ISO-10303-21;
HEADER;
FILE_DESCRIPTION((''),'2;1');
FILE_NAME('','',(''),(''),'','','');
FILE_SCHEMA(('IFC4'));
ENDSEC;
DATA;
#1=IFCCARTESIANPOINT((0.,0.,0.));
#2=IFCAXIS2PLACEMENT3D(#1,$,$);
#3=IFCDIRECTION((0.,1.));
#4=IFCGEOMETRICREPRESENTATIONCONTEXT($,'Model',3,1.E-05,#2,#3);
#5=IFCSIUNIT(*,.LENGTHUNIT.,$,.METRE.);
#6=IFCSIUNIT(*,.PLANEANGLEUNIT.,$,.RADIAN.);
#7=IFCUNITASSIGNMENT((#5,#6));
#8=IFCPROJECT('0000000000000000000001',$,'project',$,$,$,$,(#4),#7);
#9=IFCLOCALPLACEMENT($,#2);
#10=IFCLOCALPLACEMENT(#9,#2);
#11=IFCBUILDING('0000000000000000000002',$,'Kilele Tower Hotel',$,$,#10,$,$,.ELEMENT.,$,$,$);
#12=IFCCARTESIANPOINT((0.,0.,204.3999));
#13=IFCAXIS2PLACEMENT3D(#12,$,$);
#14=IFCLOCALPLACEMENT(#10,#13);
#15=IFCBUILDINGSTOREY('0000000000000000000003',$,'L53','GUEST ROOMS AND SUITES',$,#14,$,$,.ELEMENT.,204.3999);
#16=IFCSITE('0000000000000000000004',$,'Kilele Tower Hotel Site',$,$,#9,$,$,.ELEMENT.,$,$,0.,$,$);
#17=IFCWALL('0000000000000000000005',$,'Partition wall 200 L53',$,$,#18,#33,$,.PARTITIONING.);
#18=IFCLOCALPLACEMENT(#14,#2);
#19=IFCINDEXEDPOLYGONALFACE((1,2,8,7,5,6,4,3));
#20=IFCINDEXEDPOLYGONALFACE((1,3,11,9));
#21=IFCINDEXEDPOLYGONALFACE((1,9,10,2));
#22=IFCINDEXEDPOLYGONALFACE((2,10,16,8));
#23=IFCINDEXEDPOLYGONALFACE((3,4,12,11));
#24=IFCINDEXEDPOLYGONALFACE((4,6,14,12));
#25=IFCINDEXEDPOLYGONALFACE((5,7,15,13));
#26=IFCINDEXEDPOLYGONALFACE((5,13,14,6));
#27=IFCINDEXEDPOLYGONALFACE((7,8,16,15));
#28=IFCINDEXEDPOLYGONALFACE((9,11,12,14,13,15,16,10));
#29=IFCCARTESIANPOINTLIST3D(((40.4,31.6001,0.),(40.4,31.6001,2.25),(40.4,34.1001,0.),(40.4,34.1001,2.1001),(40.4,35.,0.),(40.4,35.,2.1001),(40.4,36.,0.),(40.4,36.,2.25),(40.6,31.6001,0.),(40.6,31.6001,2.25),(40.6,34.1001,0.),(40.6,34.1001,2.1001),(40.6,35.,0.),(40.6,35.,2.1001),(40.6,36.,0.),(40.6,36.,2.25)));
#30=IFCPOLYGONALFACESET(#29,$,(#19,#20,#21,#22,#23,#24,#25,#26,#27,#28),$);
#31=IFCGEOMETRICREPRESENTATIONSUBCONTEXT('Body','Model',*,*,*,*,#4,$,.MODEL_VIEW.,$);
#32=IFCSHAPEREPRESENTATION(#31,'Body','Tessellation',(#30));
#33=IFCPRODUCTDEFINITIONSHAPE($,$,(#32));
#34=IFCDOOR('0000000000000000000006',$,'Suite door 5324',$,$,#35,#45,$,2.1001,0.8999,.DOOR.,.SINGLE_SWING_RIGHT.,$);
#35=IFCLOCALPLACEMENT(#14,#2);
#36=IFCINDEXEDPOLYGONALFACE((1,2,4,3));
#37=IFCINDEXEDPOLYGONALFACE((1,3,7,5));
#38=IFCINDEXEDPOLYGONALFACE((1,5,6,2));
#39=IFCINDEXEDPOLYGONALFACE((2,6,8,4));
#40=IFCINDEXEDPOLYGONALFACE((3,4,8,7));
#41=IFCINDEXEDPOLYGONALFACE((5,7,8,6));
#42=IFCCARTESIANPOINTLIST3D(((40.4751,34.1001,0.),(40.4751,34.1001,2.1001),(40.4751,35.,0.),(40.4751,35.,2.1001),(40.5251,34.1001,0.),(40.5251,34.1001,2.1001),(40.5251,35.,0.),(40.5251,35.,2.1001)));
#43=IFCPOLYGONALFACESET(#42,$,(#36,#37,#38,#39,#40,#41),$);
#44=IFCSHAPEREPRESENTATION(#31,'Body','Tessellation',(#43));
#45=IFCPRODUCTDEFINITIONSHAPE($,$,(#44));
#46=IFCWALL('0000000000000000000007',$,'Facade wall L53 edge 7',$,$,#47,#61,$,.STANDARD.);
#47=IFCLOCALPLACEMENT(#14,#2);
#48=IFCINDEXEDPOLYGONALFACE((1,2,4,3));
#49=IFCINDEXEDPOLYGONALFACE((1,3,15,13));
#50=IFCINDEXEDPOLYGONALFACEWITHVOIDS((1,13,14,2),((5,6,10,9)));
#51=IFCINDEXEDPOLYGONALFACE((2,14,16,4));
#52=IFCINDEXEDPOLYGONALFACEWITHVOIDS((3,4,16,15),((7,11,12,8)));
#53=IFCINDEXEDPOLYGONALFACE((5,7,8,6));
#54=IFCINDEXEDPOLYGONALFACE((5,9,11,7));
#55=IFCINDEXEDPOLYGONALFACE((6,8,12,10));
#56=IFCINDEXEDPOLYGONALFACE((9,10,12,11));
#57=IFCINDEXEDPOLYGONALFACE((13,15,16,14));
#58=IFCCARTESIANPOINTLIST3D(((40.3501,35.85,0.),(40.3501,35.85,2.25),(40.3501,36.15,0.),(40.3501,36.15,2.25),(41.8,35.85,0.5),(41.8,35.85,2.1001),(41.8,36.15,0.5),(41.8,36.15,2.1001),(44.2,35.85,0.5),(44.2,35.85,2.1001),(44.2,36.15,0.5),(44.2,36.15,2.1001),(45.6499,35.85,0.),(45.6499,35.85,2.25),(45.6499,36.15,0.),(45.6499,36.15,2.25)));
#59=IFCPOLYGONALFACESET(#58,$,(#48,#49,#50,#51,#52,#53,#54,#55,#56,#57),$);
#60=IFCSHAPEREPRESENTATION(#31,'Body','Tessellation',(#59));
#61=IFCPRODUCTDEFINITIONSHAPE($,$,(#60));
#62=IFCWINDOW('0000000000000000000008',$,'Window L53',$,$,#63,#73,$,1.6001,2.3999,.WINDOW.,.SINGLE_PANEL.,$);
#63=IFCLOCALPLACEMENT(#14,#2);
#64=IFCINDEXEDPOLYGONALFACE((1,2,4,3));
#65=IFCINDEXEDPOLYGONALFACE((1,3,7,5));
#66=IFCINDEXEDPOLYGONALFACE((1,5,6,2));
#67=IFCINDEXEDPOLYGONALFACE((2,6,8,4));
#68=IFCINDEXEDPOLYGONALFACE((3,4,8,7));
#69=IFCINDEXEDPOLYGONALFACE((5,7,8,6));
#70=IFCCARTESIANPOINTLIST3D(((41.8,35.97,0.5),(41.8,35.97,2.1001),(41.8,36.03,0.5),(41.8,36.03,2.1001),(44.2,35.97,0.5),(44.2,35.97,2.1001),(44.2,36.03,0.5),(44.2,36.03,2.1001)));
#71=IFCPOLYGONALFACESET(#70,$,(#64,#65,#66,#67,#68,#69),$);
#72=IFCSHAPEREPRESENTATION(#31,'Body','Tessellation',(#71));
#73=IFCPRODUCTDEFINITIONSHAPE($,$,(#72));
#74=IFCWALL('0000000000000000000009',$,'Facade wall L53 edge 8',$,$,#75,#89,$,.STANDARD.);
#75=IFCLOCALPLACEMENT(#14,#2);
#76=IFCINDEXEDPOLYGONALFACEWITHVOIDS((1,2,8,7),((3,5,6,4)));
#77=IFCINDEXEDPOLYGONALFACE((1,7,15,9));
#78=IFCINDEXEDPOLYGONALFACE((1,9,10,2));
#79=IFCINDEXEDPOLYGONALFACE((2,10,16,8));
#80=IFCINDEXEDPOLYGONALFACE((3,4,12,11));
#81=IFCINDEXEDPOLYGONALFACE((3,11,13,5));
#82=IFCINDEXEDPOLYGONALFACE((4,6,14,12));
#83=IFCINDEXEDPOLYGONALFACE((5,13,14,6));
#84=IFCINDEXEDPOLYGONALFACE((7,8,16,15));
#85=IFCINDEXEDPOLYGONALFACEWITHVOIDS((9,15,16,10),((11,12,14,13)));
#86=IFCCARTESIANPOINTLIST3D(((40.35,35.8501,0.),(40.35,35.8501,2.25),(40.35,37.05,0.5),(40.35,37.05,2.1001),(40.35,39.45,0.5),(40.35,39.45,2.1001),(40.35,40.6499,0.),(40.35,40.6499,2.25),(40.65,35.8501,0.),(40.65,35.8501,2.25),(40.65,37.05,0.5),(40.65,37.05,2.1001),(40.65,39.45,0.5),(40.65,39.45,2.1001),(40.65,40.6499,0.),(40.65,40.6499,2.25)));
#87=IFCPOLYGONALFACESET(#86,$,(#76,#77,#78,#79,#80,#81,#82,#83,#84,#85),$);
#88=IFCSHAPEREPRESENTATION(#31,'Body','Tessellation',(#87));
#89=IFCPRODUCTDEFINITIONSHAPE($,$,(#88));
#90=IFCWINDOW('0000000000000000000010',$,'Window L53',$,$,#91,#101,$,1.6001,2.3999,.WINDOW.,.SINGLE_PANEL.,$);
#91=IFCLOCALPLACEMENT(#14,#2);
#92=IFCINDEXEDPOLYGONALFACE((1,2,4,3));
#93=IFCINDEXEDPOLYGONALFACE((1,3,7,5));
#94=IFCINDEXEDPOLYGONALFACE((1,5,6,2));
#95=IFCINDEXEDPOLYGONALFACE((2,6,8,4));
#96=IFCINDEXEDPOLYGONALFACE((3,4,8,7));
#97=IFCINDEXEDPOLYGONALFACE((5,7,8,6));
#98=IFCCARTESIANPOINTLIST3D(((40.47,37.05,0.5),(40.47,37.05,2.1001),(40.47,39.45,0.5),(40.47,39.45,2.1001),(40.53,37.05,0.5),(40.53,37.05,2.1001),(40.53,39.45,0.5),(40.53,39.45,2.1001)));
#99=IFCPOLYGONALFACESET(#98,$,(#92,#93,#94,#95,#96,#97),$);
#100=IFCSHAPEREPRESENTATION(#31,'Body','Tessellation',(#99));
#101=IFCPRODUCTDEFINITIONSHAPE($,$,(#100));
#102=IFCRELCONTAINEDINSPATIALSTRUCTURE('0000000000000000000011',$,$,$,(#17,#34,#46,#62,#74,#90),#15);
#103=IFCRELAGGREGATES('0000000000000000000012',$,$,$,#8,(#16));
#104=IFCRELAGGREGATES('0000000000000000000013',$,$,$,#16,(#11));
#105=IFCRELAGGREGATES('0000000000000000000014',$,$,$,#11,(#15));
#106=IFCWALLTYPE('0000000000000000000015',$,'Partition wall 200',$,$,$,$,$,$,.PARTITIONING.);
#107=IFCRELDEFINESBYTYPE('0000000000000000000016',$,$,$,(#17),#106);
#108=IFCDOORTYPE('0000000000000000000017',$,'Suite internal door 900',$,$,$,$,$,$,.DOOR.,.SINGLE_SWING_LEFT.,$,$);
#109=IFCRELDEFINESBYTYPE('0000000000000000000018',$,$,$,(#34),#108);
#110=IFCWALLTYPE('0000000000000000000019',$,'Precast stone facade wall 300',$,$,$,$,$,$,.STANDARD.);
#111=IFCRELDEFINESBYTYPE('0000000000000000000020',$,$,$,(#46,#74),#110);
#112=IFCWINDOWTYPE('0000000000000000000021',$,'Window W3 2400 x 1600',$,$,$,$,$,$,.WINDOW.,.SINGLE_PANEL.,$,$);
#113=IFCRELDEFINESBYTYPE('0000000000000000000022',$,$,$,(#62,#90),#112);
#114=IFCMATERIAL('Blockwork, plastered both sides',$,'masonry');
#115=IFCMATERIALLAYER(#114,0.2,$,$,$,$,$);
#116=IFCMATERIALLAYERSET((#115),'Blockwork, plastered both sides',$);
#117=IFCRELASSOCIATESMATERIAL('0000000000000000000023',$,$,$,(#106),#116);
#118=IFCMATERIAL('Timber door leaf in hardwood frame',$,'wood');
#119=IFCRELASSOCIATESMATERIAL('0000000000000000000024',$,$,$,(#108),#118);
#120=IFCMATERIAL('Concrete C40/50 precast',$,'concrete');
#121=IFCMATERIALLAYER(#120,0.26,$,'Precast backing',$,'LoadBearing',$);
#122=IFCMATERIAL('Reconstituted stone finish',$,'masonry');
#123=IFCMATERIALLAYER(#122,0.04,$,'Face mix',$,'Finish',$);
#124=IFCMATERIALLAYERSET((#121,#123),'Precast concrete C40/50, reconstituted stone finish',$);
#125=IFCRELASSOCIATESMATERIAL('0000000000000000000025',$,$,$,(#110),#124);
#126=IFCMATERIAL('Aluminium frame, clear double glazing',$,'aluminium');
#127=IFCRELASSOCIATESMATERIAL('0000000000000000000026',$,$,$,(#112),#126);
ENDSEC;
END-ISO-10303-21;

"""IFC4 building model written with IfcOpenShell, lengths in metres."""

from ifc_helpers import new_model, si_unit, direction, frame, frame_2d, origin, place, context, subcontext, project, spatial, rectangle, extrude, material, layer, layer_set, type_object, element, fill, save


model = new_model("IFC4")

# Units and contexts
model_context = context("Model", 3, precision=1e-05, world=origin(), true_north=direction((0.0, 1.0)))
body_context = subcontext(model_context, "Body", "Model", "MODEL_VIEW")
ifc_project = project(units=[si_unit("LENGTHUNIT", "METRE"), si_unit("PLANEANGLEUNIT", "RADIAN")], contexts=[model_context])

# Site, building, storey
site_placement = place(None, origin())
site = spatial("IfcSite", under=ifc_project, at=site_placement, Name="Kilele Tower Hotel Site", CompositionType="ELEMENT", RefElevation=0.0)
building_placement = place(site_placement, origin())
building = spatial("IfcBuilding", under=site, at=building_placement, Name="Kilele Tower Hotel", CompositionType="ELEMENT")
storey_placement = place(building_placement, frame((0.0, 0.0, 204.3999)))
storey = spatial("IfcBuildingStorey", under=building, at=storey_placement, Name="L53", Description="GUEST ROOMS AND SUITES", CompositionType="ELEMENT", Elevation=204.3999)

# Wall, opening, door
ifc_material_1 = material(Name="Blockwork, plastered both sides", Category="masonry")
ifc_layer_1 = layer(ifc_material_1, 0.2)
ifc_layer_set_1 = layer_set([ifc_layer_1], Name="Blockwork, plastered both sides")
wall_type_1 = type_object("IfcWallType", Name="Partition wall 200", PredefinedType="PARTITIONING", material=ifc_layer_set_1)
wall_1_placement = place(storey_placement, frame((40.5, 31.6001, 0.0), z_axis=(0.0, 0.0, 1.0), x_axis=(0.0, 1.0, 0.0)))
wall_1 = element("IfcWall", 1, at=wall_1_placement, inside=storey, type_object=wall_type_1, Name="Partition wall 200 L53", PredefinedType="PARTITIONING", context=body_context, shape_type="SweptSolid", body=[
    extrude(rectangle(XDim=4.3999, YDim=0.2, at=frame_2d((2.2, 0.0))), origin(), (0.0, 0.0, 1.0), 2.25),
])
opening_1_placement = place(wall_1_placement, frame((2.5, 0.0, 0.0)))
opening_1 = element("IfcOpeningElement", 2, at=opening_1_placement, cuts=wall_1, PredefinedType="OPENING", context=body_context, shape_type="SweptSolid", body=[
    extrude(rectangle(XDim=0.8999, YDim=2.1001, at=frame_2d((0.45, 1.05))), frame((0.0, 0.1099, 0.0), z_axis=(0.0, -1.0, 0.0), x_axis=(1.0, 0.0, 0.0)), (0.0, 0.0, 1.0), 0.22),
])
ifc_material_2 = material(Name="Timber door leaf in hardwood frame", Category="wood")
door_type_1 = type_object("IfcDoorType", Name="Suite internal door 900", OperationType="SINGLE_SWING_LEFT", PredefinedType="DOOR", material=ifc_material_2)
door_1_placement = place(opening_1_placement, origin())
door_1 = element("IfcDoor", 3, at=door_1_placement, inside=storey, type_object=door_type_1, Name="Suite door 5324", OperationType="SINGLE_SWING_RIGHT", OverallHeight=2.1001, OverallWidth=0.8999, PredefinedType="DOOR", context=body_context, shape_type="SweptSolid", body=[
    extrude(rectangle(XDim=0.8999, YDim=2.1001, at=frame_2d((0.45, 1.05))), frame((0.0, 0.0249, 0.0), z_axis=(0.0, -1.0, 0.0), x_axis=(1.0, 0.0, 0.0)), (0.0, 0.0, 1.0), 0.05),
])
fill(opening_1, door_1)

# Walls, openings, windows
ifc_material_3 = material(Name="Concrete C40/50 precast", Category="concrete")
ifc_layer_2 = layer(ifc_material_3, 0.26, Name="Precast backing", Category="LoadBearing")
ifc_material_4 = material(Name="Reconstituted stone finish", Category="masonry")
ifc_layer_3 = layer(ifc_material_4, 0.04, Name="Face mix", Category="Finish")
ifc_layer_set_2 = layer_set([ifc_layer_2, ifc_layer_3], Name="Precast concrete C40/50, reconstituted stone finish")
wall_type_2 = type_object("IfcWallType", Name="Precast stone facade wall 300", PredefinedType="STANDARD", material=ifc_layer_set_2)
wall_2_placement = place(storey_placement, frame((45.6499, 36.0, 0.0), z_axis=(0.0, 0.0, 1.0), x_axis=(-1.0, 0.0, 0.0)))
wall_2 = element("IfcWall", 4, at=wall_2_placement, inside=storey, type_object=wall_type_2, Name="Facade wall L53 edge 7", PredefinedType="STANDARD", context=body_context, shape_type="SweptSolid", body=[
    extrude(rectangle(XDim=5.2998, YDim=0.3, at=frame_2d((2.6499, 0.0))), origin(), (0.0, 0.0, 1.0), 2.25),
])
opening_2_placement = place(wall_2_placement, frame((1.45, 0.0, 0.5)))
opening_2 = element("IfcOpeningElement", 5, at=opening_2_placement, cuts=wall_2, PredefinedType="OPENING", context=body_context, shape_type="SweptSolid", body=[
    extrude(rectangle(XDim=2.3999, YDim=1.6001, at=frame_2d((1.2, 0.8))), frame((0.0, 0.1599, 0.0), z_axis=(0.0, -1.0, 0.0), x_axis=(1.0, 0.0, 0.0)), (0.0, 0.0, 1.0), 0.3201),
])
ifc_material_5 = material(Name="Aluminium frame, clear double glazing", Category="aluminium")
window_type = type_object("IfcWindowType", Name="Window W3 2400 x 1600", PartitioningType="SINGLE_PANEL", PredefinedType="WINDOW", material=ifc_material_5)
window_1_placement = place(opening_2_placement, origin())
window_1 = element("IfcWindow", 6, at=window_1_placement, inside=storey, type_object=window_type, Name="Window L53", OverallHeight=1.6001, OverallWidth=2.3999, PartitioningType="SINGLE_PANEL", PredefinedType="WINDOW", context=body_context, shape_type="SweptSolid", body=[
    extrude(rectangle(XDim=2.3999, YDim=1.6001, at=frame_2d((1.2, 0.8))), frame((0.0, 0.03, 0.0), z_axis=(0.0, -1.0, 0.0), x_axis=(1.0, 0.0, 0.0)), (0.0, 0.0, 1.0), 0.0601),
])
fill(opening_2, window_1)
wall_3_placement = place(storey_placement, frame((40.5, 35.8501, 0.0), z_axis=(0.0, 0.0, 1.0), x_axis=(0.0, 1.0, 0.0)))
wall_3 = element("IfcWall", 7, at=wall_3_placement, inside=storey, type_object=wall_type_2, Name="Facade wall L53 edge 8", PredefinedType="STANDARD", context=body_context, shape_type="SweptSolid", body=[
    extrude(rectangle(XDim=4.7998, YDim=0.3, at=frame_2d((2.3999, 0.0))), origin(), (0.0, 0.0, 1.0), 2.25),
])
opening_3_placement = place(wall_3_placement, frame((1.2, 0.0, 0.5)))
opening_3 = element("IfcOpeningElement", 8, at=opening_3_placement, cuts=wall_3, PredefinedType="OPENING", context=body_context, shape_type="SweptSolid", body=[
    extrude(rectangle(XDim=2.3999, YDim=1.6001, at=frame_2d((1.2, 0.8))), frame((0.0, 0.1599, 0.0), z_axis=(0.0, -1.0, 0.0), x_axis=(1.0, 0.0, 0.0)), (0.0, 0.0, 1.0), 0.3201),
])
window_2_placement = place(opening_3_placement, origin())
window_2 = element("IfcWindow", 9, at=window_2_placement, inside=storey, type_object=window_type, Name="Window L53", OverallHeight=1.6001, OverallWidth=2.3999, PartitioningType="SINGLE_PANEL", PredefinedType="WINDOW", context=body_context, shape_type="SweptSolid", body=[
    extrude(rectangle(XDim=2.3999, YDim=1.6001, at=frame_2d((1.2, 0.8))), frame((0.0, 0.03, 0.0), z_axis=(0.0, -1.0, 0.0), x_axis=(1.0, 0.0, 0.0)), (0.0, 0.0, 1.0), 0.0601),
])
fill(opening_3, window_2)

save(model, "model.ifc")
